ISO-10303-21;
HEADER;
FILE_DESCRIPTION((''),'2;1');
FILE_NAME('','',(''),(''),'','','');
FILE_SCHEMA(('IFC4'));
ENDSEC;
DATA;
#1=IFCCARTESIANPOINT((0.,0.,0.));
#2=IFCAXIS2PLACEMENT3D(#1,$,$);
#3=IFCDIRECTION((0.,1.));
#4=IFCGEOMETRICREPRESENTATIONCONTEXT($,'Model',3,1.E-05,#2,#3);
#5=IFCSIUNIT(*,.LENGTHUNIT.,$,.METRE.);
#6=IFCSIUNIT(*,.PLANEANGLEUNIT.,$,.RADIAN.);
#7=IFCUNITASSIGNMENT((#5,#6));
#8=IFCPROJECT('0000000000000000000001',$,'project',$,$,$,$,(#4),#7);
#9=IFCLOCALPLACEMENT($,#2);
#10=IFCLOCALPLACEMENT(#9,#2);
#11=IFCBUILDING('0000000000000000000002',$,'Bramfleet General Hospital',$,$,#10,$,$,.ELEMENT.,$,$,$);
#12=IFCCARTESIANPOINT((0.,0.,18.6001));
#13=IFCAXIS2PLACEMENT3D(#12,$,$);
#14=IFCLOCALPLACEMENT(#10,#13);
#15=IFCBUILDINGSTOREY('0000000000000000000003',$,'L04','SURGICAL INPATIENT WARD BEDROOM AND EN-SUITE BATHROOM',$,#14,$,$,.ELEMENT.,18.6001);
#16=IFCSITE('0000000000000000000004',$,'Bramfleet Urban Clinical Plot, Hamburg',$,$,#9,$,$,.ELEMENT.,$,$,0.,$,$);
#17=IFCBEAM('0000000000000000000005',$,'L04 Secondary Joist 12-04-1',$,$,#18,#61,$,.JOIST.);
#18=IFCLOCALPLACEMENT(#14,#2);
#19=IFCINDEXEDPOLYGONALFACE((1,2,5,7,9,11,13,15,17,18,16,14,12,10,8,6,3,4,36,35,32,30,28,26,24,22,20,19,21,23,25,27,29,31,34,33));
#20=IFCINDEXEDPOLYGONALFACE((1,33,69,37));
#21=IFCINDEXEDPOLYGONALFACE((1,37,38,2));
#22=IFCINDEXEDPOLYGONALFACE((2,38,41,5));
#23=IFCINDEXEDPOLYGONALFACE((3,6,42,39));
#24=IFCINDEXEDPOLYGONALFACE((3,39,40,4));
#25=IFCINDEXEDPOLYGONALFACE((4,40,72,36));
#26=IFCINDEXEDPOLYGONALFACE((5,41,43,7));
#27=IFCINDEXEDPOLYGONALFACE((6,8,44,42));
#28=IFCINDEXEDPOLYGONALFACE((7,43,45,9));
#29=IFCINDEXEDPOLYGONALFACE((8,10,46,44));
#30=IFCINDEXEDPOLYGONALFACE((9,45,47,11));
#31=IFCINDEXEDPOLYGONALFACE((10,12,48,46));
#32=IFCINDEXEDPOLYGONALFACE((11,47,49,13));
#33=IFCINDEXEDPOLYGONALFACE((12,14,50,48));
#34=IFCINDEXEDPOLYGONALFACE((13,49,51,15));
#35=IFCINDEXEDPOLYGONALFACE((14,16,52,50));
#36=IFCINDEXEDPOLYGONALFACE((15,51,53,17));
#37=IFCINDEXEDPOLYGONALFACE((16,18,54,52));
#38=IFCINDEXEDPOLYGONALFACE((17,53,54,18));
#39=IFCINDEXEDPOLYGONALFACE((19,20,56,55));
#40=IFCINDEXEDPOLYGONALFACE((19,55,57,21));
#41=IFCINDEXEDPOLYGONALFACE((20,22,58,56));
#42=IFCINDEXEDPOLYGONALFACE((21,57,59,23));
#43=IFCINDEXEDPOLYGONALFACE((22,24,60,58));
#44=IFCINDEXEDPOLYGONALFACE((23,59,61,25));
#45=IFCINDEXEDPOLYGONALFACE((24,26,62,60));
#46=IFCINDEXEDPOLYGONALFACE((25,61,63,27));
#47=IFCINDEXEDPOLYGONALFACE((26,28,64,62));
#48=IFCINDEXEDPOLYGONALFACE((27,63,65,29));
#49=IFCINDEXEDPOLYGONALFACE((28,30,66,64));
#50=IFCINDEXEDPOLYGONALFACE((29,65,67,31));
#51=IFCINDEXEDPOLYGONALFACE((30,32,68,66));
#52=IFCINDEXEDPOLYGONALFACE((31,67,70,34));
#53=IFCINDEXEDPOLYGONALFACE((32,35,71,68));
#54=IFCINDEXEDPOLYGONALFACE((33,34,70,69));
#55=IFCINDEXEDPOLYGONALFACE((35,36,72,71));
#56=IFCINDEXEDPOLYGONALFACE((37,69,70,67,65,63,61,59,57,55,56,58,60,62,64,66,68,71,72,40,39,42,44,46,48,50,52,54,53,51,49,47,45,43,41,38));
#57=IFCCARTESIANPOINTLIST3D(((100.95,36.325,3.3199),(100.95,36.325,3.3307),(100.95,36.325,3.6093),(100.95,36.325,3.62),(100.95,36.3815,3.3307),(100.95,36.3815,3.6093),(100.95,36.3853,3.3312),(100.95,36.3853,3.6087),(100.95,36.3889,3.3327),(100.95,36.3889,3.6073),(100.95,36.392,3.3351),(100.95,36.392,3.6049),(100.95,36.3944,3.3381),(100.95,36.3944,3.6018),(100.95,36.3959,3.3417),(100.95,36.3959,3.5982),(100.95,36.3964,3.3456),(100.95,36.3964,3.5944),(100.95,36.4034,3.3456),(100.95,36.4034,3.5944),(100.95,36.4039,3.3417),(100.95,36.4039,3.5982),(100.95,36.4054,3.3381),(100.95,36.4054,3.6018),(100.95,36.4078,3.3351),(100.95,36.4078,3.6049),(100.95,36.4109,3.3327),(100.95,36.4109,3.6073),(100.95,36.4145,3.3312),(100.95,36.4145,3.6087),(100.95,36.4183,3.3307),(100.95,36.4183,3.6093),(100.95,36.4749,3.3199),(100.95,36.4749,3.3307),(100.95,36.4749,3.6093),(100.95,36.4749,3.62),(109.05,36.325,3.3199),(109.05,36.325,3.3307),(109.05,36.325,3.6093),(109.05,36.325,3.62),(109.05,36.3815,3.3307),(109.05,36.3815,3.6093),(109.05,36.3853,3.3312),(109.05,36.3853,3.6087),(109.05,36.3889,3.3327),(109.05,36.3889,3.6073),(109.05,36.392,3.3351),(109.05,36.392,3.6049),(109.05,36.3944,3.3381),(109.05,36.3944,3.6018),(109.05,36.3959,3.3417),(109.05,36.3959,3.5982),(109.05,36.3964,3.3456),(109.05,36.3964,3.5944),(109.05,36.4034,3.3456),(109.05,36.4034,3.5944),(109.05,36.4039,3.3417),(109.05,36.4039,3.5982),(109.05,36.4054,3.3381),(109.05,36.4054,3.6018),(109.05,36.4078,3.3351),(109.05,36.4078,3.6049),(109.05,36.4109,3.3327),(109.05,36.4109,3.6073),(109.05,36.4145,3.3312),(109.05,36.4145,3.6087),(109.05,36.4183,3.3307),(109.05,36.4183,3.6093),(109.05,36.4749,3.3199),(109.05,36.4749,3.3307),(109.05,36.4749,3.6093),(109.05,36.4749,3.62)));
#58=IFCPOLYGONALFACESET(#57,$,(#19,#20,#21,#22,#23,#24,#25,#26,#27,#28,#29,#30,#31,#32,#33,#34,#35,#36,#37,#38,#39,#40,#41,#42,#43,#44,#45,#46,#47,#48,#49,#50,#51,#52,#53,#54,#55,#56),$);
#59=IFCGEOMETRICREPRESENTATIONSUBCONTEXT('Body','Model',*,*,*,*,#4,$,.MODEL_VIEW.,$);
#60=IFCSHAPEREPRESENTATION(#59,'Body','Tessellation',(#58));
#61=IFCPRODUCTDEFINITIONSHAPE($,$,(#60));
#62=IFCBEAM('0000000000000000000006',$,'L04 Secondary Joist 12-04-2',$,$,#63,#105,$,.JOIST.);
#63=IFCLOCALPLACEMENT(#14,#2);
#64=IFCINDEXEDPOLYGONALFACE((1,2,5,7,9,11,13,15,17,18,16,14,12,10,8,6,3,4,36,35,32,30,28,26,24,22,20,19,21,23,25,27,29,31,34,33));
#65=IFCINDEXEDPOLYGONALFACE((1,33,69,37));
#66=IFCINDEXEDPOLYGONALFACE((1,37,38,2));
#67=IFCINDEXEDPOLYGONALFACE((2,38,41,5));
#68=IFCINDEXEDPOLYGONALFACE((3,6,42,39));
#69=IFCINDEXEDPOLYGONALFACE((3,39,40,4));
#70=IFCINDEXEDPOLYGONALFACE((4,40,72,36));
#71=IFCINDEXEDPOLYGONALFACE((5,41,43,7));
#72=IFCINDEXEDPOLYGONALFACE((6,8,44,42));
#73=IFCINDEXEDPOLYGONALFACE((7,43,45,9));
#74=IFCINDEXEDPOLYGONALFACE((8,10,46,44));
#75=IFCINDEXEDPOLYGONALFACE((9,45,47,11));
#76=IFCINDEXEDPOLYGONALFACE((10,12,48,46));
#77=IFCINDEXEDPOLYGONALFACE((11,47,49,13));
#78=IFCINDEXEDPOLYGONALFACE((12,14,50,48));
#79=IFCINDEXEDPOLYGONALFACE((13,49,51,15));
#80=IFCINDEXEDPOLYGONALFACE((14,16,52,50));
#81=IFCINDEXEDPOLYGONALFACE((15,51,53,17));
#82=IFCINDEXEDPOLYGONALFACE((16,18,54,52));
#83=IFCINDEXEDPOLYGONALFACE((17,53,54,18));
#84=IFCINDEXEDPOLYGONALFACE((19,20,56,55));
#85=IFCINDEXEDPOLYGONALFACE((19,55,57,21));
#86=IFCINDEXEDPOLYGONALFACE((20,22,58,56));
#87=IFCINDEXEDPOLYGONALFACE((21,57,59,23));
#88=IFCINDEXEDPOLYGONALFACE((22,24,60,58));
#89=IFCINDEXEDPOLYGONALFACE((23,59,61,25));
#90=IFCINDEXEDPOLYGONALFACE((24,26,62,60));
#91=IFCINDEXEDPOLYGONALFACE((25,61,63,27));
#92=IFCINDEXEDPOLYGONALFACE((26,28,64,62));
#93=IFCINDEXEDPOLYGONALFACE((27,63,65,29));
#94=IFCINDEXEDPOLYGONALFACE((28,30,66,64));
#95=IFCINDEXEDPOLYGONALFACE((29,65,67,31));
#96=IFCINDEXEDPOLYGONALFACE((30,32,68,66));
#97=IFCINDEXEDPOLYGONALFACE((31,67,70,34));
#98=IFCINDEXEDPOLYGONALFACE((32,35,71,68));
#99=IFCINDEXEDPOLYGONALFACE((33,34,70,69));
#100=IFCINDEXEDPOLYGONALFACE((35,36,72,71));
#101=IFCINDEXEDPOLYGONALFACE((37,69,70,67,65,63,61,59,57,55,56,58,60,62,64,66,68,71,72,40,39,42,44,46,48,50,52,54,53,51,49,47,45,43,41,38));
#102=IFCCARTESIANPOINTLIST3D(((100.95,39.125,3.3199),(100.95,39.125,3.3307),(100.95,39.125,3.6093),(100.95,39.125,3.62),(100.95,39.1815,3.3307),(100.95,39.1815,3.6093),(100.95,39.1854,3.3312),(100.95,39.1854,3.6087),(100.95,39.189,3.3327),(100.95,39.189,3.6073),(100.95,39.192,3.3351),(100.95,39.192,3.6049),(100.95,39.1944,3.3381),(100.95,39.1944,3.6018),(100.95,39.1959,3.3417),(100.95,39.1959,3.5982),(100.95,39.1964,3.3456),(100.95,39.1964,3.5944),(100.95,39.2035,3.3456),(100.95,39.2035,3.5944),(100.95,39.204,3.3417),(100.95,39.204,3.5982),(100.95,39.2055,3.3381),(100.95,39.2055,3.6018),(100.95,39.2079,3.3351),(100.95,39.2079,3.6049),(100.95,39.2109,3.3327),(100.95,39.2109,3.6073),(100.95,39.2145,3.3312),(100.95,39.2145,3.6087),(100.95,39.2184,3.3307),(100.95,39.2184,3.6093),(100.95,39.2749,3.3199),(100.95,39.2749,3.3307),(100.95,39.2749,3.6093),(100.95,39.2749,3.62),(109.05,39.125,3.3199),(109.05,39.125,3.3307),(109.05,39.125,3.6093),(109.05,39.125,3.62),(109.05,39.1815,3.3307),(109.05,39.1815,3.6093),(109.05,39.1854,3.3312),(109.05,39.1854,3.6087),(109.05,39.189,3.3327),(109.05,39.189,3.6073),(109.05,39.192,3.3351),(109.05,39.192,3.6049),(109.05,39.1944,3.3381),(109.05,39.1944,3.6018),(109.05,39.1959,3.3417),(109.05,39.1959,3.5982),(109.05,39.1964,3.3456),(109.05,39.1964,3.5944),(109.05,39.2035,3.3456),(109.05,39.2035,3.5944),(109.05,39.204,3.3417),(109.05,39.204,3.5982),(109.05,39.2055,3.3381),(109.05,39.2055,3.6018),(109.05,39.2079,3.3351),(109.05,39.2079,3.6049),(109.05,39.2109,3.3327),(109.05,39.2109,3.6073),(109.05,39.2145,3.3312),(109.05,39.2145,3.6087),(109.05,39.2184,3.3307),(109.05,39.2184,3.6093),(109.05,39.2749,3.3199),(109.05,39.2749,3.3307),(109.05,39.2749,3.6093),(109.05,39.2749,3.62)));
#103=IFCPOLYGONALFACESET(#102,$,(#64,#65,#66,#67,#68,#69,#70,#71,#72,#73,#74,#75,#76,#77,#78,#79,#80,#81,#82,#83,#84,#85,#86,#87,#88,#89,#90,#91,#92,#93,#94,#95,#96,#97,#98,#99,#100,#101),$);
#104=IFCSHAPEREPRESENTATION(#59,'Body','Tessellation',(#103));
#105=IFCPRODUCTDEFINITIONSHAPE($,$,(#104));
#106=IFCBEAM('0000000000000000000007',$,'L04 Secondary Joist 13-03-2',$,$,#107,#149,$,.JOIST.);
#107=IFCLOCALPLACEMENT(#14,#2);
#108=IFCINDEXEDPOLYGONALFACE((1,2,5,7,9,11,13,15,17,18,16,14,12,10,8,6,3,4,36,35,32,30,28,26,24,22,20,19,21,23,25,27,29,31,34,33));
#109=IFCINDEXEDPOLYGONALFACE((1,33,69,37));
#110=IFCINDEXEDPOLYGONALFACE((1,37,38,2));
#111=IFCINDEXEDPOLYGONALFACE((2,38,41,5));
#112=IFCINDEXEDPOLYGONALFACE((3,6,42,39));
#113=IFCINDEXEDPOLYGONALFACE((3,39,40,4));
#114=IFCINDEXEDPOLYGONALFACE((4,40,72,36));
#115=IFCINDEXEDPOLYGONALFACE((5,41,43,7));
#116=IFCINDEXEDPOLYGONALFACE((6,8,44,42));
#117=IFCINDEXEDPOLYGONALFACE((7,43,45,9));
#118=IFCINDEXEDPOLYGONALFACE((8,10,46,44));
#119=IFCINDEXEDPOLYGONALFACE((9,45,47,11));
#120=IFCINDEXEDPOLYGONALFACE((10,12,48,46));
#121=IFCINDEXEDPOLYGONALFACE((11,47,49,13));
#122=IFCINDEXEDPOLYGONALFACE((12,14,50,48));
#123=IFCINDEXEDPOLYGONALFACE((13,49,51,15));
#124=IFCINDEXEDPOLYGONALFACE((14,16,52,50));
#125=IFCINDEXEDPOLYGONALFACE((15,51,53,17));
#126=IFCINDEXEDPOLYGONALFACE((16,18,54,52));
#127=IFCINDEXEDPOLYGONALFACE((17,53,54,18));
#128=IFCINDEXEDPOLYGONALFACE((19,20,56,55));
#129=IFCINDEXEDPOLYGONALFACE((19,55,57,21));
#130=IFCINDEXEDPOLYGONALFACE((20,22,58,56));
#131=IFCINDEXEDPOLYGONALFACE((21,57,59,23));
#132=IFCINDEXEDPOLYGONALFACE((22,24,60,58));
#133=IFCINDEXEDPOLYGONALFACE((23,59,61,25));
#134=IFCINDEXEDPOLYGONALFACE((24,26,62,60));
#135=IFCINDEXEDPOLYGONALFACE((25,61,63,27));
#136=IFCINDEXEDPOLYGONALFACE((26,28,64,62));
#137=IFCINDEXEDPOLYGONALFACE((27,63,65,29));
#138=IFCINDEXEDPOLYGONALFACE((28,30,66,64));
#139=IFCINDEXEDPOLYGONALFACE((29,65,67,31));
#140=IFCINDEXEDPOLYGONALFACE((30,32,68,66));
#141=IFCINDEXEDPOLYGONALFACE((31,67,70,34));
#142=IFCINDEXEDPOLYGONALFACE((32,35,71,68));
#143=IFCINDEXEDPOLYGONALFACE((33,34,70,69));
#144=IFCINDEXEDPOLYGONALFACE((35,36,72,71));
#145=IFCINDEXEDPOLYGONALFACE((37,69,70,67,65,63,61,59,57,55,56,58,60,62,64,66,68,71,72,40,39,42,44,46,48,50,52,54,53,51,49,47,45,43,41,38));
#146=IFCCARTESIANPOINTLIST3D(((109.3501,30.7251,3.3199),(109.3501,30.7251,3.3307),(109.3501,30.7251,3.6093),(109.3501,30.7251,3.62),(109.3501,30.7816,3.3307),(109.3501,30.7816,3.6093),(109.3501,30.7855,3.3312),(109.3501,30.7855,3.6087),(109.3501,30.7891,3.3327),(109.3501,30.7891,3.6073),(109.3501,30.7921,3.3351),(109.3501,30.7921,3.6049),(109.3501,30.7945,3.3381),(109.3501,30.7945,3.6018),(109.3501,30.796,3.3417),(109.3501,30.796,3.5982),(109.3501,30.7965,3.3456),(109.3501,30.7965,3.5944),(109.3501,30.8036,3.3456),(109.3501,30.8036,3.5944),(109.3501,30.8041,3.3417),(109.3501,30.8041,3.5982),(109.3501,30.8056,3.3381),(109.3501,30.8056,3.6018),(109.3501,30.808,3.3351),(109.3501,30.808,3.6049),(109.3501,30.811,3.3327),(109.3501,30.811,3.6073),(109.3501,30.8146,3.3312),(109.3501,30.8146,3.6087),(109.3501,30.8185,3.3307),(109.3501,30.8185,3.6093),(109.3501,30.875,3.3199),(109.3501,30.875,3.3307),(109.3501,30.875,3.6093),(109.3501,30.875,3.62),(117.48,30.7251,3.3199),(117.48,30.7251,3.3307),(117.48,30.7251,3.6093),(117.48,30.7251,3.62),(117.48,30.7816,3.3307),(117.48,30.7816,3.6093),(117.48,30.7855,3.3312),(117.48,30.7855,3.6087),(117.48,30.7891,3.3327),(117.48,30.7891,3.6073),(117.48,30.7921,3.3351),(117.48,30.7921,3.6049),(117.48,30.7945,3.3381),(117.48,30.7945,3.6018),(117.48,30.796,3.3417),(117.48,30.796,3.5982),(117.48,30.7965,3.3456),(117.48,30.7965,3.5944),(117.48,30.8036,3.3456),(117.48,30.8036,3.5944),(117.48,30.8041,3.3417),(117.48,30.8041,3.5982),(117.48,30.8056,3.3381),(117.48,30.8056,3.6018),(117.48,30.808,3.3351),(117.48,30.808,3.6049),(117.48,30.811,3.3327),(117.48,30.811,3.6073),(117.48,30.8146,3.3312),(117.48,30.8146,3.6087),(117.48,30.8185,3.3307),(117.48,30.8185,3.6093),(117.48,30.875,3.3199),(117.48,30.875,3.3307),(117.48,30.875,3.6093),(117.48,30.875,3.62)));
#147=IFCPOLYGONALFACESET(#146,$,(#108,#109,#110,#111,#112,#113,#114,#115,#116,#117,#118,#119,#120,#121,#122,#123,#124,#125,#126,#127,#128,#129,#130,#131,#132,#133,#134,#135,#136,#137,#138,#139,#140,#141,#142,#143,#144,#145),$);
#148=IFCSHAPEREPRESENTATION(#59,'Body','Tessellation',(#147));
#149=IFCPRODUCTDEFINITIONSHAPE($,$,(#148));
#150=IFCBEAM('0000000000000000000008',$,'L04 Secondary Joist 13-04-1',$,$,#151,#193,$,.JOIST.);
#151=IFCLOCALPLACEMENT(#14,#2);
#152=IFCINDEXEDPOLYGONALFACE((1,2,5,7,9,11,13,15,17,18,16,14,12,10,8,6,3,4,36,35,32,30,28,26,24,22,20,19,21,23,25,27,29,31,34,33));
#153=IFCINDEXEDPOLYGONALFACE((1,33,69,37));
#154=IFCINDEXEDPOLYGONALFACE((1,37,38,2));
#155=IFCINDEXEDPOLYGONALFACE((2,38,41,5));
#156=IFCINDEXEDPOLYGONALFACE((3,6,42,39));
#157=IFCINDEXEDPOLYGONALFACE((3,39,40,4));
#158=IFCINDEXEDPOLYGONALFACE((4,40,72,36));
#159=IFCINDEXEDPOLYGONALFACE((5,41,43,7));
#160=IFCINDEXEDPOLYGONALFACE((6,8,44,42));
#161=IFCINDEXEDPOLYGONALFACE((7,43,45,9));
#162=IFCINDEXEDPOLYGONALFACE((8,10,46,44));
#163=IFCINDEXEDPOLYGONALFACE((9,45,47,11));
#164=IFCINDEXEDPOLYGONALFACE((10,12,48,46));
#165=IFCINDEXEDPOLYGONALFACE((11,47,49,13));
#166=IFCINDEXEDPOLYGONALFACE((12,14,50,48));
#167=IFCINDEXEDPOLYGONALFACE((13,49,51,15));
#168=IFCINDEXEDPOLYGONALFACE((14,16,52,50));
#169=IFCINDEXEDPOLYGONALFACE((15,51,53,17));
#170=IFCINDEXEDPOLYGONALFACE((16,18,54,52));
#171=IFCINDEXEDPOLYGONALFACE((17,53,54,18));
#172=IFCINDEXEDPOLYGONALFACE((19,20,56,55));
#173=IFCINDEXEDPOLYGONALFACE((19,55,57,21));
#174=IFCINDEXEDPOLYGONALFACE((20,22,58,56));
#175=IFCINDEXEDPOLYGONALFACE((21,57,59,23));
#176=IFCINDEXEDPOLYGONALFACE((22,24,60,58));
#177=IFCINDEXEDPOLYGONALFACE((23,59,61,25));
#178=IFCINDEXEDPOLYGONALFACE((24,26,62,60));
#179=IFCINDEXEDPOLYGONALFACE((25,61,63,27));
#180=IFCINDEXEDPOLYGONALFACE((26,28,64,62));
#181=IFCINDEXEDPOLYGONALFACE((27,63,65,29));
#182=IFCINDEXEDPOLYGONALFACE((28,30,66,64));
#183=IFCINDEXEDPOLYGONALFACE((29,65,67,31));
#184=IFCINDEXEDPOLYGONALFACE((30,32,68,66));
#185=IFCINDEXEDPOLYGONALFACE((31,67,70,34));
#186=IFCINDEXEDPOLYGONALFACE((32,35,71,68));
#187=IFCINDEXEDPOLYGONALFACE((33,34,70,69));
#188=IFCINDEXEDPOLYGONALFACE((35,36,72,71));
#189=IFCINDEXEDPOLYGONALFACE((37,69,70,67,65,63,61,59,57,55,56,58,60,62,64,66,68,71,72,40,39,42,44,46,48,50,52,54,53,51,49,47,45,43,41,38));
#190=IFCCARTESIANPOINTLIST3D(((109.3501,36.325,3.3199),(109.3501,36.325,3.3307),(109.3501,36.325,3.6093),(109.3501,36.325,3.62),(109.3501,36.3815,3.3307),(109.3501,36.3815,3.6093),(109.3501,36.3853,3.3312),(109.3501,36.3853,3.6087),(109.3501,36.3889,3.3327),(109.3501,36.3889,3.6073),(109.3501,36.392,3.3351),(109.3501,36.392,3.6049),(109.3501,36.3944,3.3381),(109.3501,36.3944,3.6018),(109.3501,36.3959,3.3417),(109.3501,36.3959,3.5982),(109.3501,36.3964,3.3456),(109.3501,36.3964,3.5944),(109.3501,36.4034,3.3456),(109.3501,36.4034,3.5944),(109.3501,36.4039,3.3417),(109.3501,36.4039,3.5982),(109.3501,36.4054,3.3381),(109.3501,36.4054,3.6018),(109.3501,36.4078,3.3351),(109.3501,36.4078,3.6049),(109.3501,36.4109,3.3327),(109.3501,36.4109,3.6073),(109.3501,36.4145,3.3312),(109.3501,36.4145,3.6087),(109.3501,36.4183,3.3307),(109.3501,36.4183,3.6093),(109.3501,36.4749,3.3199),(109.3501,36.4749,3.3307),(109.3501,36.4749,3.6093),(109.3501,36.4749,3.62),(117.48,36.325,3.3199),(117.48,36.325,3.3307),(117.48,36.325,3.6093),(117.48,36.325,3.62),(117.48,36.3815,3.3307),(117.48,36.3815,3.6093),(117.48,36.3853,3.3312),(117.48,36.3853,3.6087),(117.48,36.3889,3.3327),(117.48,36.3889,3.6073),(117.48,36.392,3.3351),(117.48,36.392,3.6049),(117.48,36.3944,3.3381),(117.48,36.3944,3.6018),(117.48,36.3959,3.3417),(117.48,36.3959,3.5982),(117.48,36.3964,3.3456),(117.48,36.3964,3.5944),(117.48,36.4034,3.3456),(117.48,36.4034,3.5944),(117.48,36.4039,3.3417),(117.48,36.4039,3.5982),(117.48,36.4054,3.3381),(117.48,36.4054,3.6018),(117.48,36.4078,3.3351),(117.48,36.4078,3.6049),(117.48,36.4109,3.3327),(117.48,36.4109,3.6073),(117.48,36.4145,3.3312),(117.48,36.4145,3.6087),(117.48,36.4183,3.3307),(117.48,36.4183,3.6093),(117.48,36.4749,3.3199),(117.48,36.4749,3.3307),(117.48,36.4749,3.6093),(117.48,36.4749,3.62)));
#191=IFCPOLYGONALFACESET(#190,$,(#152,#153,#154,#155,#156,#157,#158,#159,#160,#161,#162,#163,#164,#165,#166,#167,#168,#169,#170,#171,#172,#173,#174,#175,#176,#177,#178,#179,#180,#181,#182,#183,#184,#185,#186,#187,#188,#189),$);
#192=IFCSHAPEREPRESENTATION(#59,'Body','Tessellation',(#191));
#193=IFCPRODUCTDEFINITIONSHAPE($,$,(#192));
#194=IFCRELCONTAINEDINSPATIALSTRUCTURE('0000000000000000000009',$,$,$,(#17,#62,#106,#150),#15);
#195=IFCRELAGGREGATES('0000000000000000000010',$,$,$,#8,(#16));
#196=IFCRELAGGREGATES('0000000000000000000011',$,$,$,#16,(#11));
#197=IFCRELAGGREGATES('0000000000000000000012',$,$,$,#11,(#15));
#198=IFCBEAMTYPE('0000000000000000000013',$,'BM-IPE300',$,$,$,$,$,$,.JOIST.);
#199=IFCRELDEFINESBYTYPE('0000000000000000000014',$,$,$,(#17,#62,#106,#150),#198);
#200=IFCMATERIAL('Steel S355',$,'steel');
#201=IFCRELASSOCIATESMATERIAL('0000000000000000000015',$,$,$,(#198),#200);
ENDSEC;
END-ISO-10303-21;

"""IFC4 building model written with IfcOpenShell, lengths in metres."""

from ifc_helpers import new_model, si_unit, direction, frame, origin, origin_2d, place, context, subcontext, project, spatial, i_section, extrude, material, material_profile, profile_set, type_object, element, save


model = new_model("IFC4")

# Units and contexts
model_context = context("Model", 3, precision=1e-05, world=origin(), true_north=direction((0.0, 1.0)))
body_context = subcontext(model_context, "Body", "Model", "MODEL_VIEW")
ifc_project = project(units=[si_unit("LENGTHUNIT", "METRE"), si_unit("PLANEANGLEUNIT", "RADIAN")], contexts=[model_context])

# Site, building, storey
site_placement = place(None, origin())
site = spatial("IfcSite", under=ifc_project, at=site_placement, Name="Bramfleet Urban Clinical Plot, Hamburg", CompositionType="ELEMENT", RefElevation=0.0)
building_placement = place(site_placement, origin())
building = spatial("IfcBuilding", under=site, at=building_placement, Name="Bramfleet General Hospital", CompositionType="ELEMENT")
storey_placement = place(building_placement, frame((0.0, 0.0, 18.6001)))
storey = spatial("IfcBuildingStorey", under=building, at=storey_placement, Name="L04", Description="SURGICAL INPATIENT WARD BEDROOM AND EN-SUITE BATHROOM", CompositionType="ELEMENT", Elevation=18.6001)

# Beams
ifc_material_1 = material(Name="Steel S355", Category="steel")
ifc_material_profile_1 = material_profile(ifc_material_1, i_section(OverallWidth=0.1499, OverallDepth=0.3, WebThickness=0.0071, FlangeThickness=0.0107, FilletRadius=0.0149, at=origin_2d()), Name="IPE 300")
ifc_profile_set_1 = profile_set([ifc_material_profile_1], Name="Steel S355")
beam_type_1 = type_object("IfcBeamType", Name="BM-IPE300", PredefinedType="JOIST", material=ifc_profile_set_1)
for number, where, z_axis, x_axis, name in (
    (1, (100.95, 36.3999, 3.47), (1.0, 0.0, 0.0), (0.0, 1.0, 0.0), "L04 Secondary Joist 12-04-1"),
    (2, (100.95, 39.2, 3.47), (1.0, 0.0, 0.0), (0.0, 1.0, 0.0), "L04 Secondary Joist 12-04-2"),
):
    element("IfcBeam", number, at=place(storey_placement, frame(where, z_axis=z_axis, x_axis=x_axis)), inside=storey, type_object=beam_type_1, Name=name, PredefinedType="JOIST", context=body_context, shape_type="SweptSolid", body=[
        extrude(i_section(OverallWidth=0.1499, OverallDepth=0.3, WebThickness=0.0071, FlangeThickness=0.0107, FilletRadius=0.0149, at=origin_2d()), origin(), (0.0, 0.0, 1.0), 8.1001),
    ])
for number, where, z_axis, x_axis, name in (
    (3, (109.3501, 30.8, 3.47), (1.0, 0.0, 0.0), (0.0, 1.0, 0.0), "L04 Secondary Joist 13-03-2"),
    (4, (109.3501, 36.3999, 3.47), (1.0, 0.0, 0.0), (0.0, 1.0, 0.0), "L04 Secondary Joist 13-04-1"),
):
    element("IfcBeam", number, at=place(storey_placement, frame(where, z_axis=z_axis, x_axis=x_axis)), inside=storey, type_object=beam_type_1, Name=name, PredefinedType="JOIST", context=body_context, shape_type="SweptSolid", body=[
        extrude(i_section(OverallWidth=0.1499, OverallDepth=0.3, WebThickness=0.0071, FlangeThickness=0.0107, FilletRadius=0.0149, at=origin_2d()), origin(), (0.0, 0.0, 1.0), 8.1299),
    ])

save(model, "model.ifc")
